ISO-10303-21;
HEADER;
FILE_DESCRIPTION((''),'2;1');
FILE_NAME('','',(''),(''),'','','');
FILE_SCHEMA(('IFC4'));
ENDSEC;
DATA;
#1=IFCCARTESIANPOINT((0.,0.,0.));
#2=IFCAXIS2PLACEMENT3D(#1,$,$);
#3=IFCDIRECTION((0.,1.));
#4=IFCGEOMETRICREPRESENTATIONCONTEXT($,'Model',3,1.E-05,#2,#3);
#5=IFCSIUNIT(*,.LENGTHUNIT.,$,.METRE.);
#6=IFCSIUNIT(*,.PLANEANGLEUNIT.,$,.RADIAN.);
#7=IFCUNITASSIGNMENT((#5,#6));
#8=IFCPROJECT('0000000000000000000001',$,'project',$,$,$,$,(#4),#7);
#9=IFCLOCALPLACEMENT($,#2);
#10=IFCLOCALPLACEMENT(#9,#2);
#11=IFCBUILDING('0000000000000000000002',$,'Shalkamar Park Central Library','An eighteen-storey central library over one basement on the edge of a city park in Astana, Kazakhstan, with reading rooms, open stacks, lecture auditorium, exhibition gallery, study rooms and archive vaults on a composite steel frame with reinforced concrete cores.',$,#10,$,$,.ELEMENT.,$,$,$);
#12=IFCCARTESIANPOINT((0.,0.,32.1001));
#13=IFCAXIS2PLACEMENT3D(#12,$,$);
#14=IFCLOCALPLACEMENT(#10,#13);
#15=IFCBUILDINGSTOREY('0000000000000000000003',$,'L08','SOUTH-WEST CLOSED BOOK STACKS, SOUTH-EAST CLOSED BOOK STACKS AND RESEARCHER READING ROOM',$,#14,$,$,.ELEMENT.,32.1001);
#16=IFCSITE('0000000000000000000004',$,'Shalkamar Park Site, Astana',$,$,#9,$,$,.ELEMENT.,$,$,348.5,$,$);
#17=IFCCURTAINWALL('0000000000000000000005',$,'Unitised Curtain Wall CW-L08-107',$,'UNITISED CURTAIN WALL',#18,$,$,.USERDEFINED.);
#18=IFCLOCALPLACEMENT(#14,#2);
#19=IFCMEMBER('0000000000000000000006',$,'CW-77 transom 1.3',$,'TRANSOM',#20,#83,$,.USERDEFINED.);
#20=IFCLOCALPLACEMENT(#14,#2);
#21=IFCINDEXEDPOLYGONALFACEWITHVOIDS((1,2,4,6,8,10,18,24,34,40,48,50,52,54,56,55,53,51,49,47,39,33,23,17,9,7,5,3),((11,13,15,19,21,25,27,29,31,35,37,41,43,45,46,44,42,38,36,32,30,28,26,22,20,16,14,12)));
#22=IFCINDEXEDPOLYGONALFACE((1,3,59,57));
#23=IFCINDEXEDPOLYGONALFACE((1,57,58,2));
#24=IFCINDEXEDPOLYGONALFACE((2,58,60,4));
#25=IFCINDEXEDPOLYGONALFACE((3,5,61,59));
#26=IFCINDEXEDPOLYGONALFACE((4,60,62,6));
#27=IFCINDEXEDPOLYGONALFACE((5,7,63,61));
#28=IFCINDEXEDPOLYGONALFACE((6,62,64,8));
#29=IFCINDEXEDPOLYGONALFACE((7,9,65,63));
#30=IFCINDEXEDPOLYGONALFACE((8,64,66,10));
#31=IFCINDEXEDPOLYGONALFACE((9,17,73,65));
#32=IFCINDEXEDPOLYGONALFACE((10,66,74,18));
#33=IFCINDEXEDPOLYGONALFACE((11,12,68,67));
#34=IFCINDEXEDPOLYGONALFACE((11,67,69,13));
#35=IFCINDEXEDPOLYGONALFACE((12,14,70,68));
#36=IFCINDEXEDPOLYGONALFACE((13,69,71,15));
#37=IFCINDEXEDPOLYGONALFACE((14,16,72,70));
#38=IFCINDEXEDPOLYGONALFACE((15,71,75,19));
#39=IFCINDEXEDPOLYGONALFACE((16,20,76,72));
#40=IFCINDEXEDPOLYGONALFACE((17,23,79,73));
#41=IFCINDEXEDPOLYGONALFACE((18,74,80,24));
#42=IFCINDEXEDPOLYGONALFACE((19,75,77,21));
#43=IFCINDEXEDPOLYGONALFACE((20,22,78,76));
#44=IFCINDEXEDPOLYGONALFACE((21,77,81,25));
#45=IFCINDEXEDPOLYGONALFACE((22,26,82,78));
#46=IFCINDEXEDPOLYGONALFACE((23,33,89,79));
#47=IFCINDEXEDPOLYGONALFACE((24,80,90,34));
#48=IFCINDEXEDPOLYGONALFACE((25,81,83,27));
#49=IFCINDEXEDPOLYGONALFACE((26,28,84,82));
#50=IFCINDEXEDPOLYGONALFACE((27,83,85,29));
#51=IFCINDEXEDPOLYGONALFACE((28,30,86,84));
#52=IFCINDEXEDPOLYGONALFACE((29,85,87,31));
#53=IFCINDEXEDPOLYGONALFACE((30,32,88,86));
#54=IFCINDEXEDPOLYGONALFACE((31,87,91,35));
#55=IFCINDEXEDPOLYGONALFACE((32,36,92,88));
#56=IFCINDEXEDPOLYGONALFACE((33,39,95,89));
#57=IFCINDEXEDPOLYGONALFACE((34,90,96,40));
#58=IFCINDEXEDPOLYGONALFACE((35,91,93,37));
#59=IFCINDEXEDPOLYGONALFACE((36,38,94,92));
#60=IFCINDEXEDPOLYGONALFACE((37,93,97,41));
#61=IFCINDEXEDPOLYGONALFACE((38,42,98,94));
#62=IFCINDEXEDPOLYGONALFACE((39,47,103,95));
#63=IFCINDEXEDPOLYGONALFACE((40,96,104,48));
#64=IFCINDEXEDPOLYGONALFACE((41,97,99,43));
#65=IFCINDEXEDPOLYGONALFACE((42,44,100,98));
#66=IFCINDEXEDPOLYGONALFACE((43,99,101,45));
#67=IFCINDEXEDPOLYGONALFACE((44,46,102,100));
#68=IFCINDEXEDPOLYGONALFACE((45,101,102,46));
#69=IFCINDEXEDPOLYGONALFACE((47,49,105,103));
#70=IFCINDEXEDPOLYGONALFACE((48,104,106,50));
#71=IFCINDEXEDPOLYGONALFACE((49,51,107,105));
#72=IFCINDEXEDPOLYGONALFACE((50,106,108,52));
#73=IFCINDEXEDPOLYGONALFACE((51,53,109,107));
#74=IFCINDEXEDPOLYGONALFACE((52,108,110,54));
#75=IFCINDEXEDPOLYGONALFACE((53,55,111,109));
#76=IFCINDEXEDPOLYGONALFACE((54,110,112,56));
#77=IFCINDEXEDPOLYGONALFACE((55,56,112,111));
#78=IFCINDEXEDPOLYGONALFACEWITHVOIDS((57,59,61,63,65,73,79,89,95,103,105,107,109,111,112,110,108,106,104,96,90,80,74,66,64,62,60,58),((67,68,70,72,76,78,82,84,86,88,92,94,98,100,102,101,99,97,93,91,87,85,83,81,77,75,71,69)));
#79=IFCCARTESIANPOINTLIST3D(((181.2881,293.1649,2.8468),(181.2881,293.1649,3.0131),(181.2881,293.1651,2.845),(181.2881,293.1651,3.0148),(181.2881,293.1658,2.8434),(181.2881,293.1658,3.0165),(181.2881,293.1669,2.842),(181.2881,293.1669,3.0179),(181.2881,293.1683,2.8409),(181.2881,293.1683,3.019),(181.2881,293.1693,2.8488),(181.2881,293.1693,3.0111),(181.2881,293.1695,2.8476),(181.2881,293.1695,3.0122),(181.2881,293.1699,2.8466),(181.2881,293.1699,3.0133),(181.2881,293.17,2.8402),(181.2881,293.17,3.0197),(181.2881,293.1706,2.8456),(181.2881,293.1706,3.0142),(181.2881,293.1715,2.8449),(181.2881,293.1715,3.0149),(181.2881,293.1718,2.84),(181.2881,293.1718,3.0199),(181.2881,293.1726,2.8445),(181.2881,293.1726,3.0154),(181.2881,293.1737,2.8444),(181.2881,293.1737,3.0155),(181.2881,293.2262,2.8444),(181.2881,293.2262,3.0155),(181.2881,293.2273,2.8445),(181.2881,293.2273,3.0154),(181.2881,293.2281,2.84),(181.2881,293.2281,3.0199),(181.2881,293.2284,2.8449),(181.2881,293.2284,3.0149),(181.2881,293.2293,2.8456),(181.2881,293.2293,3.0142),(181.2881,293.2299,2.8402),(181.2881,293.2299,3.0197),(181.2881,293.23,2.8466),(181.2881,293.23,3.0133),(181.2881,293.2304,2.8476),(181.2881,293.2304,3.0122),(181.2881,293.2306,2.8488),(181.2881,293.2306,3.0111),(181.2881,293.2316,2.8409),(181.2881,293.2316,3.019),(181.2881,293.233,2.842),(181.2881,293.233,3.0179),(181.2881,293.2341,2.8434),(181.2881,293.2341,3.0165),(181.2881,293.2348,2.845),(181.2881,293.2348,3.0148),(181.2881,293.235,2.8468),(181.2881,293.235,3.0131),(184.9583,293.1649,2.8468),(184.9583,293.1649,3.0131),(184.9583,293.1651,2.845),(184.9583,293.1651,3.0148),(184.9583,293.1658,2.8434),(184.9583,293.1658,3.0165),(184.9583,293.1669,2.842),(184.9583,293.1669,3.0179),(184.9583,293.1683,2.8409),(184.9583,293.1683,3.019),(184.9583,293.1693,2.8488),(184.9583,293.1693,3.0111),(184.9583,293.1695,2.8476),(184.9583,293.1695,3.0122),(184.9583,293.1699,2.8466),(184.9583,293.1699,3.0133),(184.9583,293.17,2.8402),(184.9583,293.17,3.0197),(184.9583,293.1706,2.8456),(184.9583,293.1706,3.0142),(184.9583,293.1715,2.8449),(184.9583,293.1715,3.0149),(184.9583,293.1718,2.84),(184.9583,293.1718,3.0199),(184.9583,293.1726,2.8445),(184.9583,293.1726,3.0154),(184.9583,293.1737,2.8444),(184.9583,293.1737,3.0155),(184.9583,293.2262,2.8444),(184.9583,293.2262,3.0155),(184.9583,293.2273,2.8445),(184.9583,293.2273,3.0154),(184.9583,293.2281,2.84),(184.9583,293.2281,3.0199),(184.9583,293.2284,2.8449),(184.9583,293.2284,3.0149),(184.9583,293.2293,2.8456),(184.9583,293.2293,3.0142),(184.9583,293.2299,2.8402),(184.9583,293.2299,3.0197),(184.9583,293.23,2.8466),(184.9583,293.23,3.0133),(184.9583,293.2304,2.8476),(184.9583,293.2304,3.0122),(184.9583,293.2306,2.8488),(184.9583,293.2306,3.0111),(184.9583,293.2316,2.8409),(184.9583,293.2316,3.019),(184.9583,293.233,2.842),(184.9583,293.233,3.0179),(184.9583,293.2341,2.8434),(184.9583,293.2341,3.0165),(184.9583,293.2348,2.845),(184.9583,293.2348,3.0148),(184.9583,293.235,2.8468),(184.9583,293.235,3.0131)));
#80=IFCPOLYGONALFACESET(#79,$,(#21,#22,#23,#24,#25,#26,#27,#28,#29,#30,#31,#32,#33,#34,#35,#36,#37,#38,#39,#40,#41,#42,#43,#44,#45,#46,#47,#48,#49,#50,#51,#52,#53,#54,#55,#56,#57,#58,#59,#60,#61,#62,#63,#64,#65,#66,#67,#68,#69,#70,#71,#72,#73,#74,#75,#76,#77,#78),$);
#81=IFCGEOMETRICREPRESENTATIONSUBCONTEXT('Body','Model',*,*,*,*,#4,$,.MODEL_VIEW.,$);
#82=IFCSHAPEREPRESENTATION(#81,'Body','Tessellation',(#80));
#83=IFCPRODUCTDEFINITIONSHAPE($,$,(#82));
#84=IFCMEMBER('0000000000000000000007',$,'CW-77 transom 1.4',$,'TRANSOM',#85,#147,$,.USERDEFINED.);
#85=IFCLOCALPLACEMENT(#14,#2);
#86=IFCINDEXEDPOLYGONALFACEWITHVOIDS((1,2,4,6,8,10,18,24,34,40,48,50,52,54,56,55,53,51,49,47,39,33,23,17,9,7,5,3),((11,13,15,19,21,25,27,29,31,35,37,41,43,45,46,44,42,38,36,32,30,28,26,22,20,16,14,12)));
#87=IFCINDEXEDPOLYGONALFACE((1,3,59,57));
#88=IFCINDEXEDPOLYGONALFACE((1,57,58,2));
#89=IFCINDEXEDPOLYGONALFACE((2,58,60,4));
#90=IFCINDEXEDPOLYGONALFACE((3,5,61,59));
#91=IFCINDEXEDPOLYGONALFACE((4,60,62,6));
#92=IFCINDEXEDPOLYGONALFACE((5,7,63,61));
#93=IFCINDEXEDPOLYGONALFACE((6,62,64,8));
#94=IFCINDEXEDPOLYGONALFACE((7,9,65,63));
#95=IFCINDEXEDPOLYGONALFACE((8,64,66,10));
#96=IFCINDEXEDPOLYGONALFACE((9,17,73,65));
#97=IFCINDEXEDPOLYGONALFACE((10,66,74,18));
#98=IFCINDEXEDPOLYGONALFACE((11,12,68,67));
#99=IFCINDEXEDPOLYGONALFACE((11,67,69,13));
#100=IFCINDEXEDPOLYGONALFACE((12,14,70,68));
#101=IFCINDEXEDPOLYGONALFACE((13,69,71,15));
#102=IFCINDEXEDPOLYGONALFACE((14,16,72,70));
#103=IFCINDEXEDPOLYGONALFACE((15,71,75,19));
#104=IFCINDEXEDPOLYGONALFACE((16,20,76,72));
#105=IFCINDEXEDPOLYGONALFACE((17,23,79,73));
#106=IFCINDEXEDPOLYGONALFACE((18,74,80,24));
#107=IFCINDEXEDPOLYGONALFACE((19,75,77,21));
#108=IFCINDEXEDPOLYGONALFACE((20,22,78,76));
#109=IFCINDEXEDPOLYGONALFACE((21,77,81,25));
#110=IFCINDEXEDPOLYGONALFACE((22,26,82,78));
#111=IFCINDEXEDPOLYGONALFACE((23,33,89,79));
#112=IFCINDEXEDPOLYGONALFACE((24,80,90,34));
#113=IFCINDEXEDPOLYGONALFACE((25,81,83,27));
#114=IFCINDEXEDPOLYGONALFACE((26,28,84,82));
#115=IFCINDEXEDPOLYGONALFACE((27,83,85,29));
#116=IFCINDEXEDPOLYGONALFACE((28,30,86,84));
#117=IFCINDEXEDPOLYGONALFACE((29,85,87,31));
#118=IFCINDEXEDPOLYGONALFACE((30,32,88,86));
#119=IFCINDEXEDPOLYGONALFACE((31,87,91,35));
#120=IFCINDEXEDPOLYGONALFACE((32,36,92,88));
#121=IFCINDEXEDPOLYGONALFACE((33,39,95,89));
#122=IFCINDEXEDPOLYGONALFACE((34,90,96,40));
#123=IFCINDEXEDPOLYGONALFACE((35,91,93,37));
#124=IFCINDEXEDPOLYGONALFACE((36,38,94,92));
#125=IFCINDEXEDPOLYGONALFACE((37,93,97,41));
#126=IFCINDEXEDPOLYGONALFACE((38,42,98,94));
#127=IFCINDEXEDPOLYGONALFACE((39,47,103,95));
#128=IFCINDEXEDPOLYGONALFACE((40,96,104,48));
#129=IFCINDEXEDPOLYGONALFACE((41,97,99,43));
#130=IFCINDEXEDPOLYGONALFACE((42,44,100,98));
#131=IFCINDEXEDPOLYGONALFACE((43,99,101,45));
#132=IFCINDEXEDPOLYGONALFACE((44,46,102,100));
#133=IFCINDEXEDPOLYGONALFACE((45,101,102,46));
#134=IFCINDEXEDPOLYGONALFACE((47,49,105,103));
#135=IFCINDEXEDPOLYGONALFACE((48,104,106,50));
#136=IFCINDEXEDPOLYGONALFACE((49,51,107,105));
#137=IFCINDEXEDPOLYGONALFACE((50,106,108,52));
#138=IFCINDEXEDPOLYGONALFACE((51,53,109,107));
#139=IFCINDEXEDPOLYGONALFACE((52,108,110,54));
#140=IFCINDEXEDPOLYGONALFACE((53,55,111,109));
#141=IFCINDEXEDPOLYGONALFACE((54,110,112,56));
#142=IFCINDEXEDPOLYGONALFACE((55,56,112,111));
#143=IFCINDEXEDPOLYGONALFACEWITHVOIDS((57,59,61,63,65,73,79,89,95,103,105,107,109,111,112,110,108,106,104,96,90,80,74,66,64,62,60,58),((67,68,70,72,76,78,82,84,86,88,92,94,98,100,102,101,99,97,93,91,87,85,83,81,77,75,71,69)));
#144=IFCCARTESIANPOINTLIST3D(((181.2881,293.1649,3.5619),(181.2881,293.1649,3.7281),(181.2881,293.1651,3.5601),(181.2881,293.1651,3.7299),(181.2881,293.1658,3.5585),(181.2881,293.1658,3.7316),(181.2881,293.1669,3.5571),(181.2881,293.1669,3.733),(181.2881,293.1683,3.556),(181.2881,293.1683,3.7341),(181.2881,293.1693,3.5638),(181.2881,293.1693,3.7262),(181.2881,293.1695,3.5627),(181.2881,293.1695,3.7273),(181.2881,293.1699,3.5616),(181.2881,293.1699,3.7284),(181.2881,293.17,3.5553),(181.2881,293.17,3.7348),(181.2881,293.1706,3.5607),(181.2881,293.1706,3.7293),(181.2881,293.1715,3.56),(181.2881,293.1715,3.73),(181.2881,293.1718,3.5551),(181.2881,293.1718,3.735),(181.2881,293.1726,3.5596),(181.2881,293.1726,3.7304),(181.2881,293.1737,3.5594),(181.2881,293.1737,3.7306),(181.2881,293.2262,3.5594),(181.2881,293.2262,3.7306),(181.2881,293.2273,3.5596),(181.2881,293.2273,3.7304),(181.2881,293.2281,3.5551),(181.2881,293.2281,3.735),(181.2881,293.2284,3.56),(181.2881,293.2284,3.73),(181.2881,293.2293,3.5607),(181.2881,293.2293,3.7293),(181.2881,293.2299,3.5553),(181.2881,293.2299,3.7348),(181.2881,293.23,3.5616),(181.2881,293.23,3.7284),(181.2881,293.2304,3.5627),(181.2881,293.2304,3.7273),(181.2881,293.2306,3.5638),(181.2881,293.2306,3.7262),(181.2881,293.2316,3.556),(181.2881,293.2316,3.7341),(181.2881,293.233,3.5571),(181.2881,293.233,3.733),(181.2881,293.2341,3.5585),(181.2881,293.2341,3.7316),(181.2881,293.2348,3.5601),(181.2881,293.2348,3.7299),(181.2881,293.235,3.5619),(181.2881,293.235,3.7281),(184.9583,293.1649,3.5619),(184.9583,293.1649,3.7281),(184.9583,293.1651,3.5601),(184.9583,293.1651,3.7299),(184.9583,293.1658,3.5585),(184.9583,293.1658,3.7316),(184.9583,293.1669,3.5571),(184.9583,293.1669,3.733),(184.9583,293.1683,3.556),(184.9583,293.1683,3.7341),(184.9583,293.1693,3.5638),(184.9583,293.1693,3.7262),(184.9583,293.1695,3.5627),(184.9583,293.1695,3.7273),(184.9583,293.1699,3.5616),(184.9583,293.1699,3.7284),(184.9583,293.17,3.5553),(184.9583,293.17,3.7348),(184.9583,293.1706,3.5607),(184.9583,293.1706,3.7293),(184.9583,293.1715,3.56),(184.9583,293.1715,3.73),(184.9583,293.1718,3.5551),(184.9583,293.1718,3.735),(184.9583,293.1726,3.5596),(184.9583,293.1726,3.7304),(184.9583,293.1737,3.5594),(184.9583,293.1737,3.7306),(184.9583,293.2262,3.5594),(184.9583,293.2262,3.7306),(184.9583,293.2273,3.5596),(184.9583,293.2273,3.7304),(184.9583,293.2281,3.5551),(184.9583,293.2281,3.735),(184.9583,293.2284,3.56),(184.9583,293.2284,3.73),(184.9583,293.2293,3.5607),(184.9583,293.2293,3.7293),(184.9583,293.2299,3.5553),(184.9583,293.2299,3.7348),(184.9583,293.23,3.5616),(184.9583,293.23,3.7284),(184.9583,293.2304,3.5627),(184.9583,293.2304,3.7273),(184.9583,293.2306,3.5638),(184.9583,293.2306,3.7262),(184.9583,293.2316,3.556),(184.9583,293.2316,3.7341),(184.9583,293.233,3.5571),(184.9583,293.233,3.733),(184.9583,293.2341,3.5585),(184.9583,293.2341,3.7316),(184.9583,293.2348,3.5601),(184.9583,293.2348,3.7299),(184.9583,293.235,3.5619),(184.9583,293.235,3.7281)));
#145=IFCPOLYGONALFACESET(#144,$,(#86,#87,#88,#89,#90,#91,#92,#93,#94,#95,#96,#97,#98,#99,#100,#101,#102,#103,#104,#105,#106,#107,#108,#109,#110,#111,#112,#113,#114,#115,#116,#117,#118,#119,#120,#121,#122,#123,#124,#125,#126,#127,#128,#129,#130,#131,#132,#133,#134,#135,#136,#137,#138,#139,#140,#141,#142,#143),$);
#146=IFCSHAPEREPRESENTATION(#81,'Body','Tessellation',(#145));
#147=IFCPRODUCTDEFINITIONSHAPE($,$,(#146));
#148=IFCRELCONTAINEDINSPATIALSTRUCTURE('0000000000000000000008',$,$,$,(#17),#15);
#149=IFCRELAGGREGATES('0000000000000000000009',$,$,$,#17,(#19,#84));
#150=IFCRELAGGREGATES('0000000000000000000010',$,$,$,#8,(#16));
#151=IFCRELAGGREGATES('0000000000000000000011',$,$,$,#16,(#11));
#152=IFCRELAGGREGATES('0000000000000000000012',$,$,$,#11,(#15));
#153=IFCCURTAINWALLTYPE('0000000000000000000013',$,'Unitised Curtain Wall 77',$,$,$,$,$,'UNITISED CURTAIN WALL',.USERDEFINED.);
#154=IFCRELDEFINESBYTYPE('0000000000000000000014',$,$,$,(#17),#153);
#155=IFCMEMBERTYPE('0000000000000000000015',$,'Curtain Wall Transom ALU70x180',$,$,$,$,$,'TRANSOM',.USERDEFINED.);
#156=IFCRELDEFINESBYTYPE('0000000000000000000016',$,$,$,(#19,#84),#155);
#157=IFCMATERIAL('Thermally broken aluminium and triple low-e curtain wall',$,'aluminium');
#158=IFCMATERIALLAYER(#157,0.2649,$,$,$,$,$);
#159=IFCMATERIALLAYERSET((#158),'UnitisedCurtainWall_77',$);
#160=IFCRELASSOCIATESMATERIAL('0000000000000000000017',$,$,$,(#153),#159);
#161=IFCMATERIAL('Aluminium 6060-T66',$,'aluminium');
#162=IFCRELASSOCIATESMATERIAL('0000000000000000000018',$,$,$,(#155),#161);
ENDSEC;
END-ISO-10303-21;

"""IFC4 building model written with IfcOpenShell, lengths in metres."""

from ifc_helpers import new_model, si_unit, direction, frame, origin, origin_2d, place, context, subcontext, project, spatial, hollow_rectangle, extrude, material, layer, layer_set, material_profile, profile_set, type_object, element, aggregate, save


model = new_model("IFC4")

# Units and contexts
model_context = context("Model", 3, precision=1e-05, world=origin(), true_north=direction((0.0, 1.0)))
body_context = subcontext(model_context, "Body", "Model", "MODEL_VIEW")
ifc_project = project(units=[si_unit("LENGTHUNIT", "METRE"), si_unit("PLANEANGLEUNIT", "RADIAN")], contexts=[model_context])

# Site, building, storey
site_placement = place(None, origin())
site = spatial("IfcSite", under=ifc_project, at=site_placement, Name="Shalkamar Park Site, Astana", CompositionType="ELEMENT", RefElevation=348.5)
building_placement = place(site_placement, origin())
building = spatial("IfcBuilding", under=site, at=building_placement, Name="Shalkamar Park Central Library", Description="An eighteen-storey central library over one basement on the edge of a city park in Astana, Kazakhstan, with reading rooms, open stacks, lecture auditorium, exhibition gallery, study rooms and archive vaults on a composite steel frame with reinforced concrete cores.", CompositionType="ELEMENT")
storey_placement = place(building_placement, frame((0.0, 0.0, 32.1001)))
storey = spatial("IfcBuildingStorey", under=building, at=storey_placement, Name="L08", Description="SOUTH-WEST CLOSED BOOK STACKS, SOUTH-EAST CLOSED BOOK STACKS AND RESEARCHER READING ROOM", CompositionType="ELEMENT", Elevation=32.1001)

# Curtain wall
ifc_material_1 = material(Name="Thermally broken aluminium and triple low-e curtain wall", Category="aluminium")
ifc_layer_1 = layer(ifc_material_1, 0.2649)
ifc_layer_set_1 = layer_set([ifc_layer_1], Name="UnitisedCurtainWall_77")
curtain_wall_type_1 = type_object("IfcCurtainWallType", Name="Unitised Curtain Wall 77", ElementType="UNITISED CURTAIN WALL", PredefinedType="USERDEFINED", material=ifc_layer_set_1)
curtain_wall_1_placement = place(storey_placement, origin())
curtain_wall_1 = element("IfcCurtainWall", 1, at=curtain_wall_1_placement, inside=storey, type_object=curtain_wall_type_1, Name="Unitised Curtain Wall CW-L08-107", ObjectType="UNITISED CURTAIN WALL", PredefinedType="USERDEFINED")
ifc_material_2 = material(Name="Aluminium 6060-T66", Category="aluminium")

# Members
ifc_material_profile_1 = material_profile(ifc_material_2, hollow_rectangle(XDim=0.0701, YDim=0.1799, WallThickness=0.0044, InnerFilletRadius=0.0044, OuterFilletRadius=0.0068, at=origin_2d()), Name="ALU 70x180x4.5")
ifc_profile_set_1 = profile_set([ifc_material_profile_1], Name="Aluminium 6060-T66")
member_type_1 = type_object("IfcMemberType", Name="Curtain Wall Transom ALU70x180", ElementType="TRANSOM", PredefinedType="USERDEFINED", material=ifc_profile_set_1)
member_1_placement = place(storey_placement, frame((181.2881, 293.2, 2.9299), z_axis=(1.0, 0.0, 0.0), x_axis=(0.0, 1.0, 0.0)))
member_1 = element("IfcMember", 2, at=member_1_placement, type_object=member_type_1, Name="CW-77 transom 1.3", ObjectType="TRANSOM", PredefinedType="USERDEFINED", context=body_context, shape_type="SweptSolid", body=[
    extrude(hollow_rectangle(XDim=0.0701, YDim=0.1799, WallThickness=0.0044, InnerFilletRadius=0.0044, OuterFilletRadius=0.0068, at=origin_2d()), origin(), (0.0, 0.0, 1.0), 3.6702),
])
member_2_placement = place(storey_placement, frame((181.2881, 293.2, 3.645), z_axis=(1.0, 0.0, 0.0), x_axis=(0.0, 1.0, 0.0)))
member_2 = element("IfcMember", 3, at=member_2_placement, type_object=member_type_1, Name="CW-77 transom 1.4", ObjectType="TRANSOM", PredefinedType="USERDEFINED", context=body_context, shape_type="SweptSolid", body=[
    extrude(hollow_rectangle(XDim=0.0701, YDim=0.1799, WallThickness=0.0044, InnerFilletRadius=0.0044, OuterFilletRadius=0.0068, at=origin_2d()), origin(), (0.0, 0.0, 1.0), 3.6702),
])

aggregate(curtain_wall_1, [member_1, member_2])

save(model, "model.ifc")
